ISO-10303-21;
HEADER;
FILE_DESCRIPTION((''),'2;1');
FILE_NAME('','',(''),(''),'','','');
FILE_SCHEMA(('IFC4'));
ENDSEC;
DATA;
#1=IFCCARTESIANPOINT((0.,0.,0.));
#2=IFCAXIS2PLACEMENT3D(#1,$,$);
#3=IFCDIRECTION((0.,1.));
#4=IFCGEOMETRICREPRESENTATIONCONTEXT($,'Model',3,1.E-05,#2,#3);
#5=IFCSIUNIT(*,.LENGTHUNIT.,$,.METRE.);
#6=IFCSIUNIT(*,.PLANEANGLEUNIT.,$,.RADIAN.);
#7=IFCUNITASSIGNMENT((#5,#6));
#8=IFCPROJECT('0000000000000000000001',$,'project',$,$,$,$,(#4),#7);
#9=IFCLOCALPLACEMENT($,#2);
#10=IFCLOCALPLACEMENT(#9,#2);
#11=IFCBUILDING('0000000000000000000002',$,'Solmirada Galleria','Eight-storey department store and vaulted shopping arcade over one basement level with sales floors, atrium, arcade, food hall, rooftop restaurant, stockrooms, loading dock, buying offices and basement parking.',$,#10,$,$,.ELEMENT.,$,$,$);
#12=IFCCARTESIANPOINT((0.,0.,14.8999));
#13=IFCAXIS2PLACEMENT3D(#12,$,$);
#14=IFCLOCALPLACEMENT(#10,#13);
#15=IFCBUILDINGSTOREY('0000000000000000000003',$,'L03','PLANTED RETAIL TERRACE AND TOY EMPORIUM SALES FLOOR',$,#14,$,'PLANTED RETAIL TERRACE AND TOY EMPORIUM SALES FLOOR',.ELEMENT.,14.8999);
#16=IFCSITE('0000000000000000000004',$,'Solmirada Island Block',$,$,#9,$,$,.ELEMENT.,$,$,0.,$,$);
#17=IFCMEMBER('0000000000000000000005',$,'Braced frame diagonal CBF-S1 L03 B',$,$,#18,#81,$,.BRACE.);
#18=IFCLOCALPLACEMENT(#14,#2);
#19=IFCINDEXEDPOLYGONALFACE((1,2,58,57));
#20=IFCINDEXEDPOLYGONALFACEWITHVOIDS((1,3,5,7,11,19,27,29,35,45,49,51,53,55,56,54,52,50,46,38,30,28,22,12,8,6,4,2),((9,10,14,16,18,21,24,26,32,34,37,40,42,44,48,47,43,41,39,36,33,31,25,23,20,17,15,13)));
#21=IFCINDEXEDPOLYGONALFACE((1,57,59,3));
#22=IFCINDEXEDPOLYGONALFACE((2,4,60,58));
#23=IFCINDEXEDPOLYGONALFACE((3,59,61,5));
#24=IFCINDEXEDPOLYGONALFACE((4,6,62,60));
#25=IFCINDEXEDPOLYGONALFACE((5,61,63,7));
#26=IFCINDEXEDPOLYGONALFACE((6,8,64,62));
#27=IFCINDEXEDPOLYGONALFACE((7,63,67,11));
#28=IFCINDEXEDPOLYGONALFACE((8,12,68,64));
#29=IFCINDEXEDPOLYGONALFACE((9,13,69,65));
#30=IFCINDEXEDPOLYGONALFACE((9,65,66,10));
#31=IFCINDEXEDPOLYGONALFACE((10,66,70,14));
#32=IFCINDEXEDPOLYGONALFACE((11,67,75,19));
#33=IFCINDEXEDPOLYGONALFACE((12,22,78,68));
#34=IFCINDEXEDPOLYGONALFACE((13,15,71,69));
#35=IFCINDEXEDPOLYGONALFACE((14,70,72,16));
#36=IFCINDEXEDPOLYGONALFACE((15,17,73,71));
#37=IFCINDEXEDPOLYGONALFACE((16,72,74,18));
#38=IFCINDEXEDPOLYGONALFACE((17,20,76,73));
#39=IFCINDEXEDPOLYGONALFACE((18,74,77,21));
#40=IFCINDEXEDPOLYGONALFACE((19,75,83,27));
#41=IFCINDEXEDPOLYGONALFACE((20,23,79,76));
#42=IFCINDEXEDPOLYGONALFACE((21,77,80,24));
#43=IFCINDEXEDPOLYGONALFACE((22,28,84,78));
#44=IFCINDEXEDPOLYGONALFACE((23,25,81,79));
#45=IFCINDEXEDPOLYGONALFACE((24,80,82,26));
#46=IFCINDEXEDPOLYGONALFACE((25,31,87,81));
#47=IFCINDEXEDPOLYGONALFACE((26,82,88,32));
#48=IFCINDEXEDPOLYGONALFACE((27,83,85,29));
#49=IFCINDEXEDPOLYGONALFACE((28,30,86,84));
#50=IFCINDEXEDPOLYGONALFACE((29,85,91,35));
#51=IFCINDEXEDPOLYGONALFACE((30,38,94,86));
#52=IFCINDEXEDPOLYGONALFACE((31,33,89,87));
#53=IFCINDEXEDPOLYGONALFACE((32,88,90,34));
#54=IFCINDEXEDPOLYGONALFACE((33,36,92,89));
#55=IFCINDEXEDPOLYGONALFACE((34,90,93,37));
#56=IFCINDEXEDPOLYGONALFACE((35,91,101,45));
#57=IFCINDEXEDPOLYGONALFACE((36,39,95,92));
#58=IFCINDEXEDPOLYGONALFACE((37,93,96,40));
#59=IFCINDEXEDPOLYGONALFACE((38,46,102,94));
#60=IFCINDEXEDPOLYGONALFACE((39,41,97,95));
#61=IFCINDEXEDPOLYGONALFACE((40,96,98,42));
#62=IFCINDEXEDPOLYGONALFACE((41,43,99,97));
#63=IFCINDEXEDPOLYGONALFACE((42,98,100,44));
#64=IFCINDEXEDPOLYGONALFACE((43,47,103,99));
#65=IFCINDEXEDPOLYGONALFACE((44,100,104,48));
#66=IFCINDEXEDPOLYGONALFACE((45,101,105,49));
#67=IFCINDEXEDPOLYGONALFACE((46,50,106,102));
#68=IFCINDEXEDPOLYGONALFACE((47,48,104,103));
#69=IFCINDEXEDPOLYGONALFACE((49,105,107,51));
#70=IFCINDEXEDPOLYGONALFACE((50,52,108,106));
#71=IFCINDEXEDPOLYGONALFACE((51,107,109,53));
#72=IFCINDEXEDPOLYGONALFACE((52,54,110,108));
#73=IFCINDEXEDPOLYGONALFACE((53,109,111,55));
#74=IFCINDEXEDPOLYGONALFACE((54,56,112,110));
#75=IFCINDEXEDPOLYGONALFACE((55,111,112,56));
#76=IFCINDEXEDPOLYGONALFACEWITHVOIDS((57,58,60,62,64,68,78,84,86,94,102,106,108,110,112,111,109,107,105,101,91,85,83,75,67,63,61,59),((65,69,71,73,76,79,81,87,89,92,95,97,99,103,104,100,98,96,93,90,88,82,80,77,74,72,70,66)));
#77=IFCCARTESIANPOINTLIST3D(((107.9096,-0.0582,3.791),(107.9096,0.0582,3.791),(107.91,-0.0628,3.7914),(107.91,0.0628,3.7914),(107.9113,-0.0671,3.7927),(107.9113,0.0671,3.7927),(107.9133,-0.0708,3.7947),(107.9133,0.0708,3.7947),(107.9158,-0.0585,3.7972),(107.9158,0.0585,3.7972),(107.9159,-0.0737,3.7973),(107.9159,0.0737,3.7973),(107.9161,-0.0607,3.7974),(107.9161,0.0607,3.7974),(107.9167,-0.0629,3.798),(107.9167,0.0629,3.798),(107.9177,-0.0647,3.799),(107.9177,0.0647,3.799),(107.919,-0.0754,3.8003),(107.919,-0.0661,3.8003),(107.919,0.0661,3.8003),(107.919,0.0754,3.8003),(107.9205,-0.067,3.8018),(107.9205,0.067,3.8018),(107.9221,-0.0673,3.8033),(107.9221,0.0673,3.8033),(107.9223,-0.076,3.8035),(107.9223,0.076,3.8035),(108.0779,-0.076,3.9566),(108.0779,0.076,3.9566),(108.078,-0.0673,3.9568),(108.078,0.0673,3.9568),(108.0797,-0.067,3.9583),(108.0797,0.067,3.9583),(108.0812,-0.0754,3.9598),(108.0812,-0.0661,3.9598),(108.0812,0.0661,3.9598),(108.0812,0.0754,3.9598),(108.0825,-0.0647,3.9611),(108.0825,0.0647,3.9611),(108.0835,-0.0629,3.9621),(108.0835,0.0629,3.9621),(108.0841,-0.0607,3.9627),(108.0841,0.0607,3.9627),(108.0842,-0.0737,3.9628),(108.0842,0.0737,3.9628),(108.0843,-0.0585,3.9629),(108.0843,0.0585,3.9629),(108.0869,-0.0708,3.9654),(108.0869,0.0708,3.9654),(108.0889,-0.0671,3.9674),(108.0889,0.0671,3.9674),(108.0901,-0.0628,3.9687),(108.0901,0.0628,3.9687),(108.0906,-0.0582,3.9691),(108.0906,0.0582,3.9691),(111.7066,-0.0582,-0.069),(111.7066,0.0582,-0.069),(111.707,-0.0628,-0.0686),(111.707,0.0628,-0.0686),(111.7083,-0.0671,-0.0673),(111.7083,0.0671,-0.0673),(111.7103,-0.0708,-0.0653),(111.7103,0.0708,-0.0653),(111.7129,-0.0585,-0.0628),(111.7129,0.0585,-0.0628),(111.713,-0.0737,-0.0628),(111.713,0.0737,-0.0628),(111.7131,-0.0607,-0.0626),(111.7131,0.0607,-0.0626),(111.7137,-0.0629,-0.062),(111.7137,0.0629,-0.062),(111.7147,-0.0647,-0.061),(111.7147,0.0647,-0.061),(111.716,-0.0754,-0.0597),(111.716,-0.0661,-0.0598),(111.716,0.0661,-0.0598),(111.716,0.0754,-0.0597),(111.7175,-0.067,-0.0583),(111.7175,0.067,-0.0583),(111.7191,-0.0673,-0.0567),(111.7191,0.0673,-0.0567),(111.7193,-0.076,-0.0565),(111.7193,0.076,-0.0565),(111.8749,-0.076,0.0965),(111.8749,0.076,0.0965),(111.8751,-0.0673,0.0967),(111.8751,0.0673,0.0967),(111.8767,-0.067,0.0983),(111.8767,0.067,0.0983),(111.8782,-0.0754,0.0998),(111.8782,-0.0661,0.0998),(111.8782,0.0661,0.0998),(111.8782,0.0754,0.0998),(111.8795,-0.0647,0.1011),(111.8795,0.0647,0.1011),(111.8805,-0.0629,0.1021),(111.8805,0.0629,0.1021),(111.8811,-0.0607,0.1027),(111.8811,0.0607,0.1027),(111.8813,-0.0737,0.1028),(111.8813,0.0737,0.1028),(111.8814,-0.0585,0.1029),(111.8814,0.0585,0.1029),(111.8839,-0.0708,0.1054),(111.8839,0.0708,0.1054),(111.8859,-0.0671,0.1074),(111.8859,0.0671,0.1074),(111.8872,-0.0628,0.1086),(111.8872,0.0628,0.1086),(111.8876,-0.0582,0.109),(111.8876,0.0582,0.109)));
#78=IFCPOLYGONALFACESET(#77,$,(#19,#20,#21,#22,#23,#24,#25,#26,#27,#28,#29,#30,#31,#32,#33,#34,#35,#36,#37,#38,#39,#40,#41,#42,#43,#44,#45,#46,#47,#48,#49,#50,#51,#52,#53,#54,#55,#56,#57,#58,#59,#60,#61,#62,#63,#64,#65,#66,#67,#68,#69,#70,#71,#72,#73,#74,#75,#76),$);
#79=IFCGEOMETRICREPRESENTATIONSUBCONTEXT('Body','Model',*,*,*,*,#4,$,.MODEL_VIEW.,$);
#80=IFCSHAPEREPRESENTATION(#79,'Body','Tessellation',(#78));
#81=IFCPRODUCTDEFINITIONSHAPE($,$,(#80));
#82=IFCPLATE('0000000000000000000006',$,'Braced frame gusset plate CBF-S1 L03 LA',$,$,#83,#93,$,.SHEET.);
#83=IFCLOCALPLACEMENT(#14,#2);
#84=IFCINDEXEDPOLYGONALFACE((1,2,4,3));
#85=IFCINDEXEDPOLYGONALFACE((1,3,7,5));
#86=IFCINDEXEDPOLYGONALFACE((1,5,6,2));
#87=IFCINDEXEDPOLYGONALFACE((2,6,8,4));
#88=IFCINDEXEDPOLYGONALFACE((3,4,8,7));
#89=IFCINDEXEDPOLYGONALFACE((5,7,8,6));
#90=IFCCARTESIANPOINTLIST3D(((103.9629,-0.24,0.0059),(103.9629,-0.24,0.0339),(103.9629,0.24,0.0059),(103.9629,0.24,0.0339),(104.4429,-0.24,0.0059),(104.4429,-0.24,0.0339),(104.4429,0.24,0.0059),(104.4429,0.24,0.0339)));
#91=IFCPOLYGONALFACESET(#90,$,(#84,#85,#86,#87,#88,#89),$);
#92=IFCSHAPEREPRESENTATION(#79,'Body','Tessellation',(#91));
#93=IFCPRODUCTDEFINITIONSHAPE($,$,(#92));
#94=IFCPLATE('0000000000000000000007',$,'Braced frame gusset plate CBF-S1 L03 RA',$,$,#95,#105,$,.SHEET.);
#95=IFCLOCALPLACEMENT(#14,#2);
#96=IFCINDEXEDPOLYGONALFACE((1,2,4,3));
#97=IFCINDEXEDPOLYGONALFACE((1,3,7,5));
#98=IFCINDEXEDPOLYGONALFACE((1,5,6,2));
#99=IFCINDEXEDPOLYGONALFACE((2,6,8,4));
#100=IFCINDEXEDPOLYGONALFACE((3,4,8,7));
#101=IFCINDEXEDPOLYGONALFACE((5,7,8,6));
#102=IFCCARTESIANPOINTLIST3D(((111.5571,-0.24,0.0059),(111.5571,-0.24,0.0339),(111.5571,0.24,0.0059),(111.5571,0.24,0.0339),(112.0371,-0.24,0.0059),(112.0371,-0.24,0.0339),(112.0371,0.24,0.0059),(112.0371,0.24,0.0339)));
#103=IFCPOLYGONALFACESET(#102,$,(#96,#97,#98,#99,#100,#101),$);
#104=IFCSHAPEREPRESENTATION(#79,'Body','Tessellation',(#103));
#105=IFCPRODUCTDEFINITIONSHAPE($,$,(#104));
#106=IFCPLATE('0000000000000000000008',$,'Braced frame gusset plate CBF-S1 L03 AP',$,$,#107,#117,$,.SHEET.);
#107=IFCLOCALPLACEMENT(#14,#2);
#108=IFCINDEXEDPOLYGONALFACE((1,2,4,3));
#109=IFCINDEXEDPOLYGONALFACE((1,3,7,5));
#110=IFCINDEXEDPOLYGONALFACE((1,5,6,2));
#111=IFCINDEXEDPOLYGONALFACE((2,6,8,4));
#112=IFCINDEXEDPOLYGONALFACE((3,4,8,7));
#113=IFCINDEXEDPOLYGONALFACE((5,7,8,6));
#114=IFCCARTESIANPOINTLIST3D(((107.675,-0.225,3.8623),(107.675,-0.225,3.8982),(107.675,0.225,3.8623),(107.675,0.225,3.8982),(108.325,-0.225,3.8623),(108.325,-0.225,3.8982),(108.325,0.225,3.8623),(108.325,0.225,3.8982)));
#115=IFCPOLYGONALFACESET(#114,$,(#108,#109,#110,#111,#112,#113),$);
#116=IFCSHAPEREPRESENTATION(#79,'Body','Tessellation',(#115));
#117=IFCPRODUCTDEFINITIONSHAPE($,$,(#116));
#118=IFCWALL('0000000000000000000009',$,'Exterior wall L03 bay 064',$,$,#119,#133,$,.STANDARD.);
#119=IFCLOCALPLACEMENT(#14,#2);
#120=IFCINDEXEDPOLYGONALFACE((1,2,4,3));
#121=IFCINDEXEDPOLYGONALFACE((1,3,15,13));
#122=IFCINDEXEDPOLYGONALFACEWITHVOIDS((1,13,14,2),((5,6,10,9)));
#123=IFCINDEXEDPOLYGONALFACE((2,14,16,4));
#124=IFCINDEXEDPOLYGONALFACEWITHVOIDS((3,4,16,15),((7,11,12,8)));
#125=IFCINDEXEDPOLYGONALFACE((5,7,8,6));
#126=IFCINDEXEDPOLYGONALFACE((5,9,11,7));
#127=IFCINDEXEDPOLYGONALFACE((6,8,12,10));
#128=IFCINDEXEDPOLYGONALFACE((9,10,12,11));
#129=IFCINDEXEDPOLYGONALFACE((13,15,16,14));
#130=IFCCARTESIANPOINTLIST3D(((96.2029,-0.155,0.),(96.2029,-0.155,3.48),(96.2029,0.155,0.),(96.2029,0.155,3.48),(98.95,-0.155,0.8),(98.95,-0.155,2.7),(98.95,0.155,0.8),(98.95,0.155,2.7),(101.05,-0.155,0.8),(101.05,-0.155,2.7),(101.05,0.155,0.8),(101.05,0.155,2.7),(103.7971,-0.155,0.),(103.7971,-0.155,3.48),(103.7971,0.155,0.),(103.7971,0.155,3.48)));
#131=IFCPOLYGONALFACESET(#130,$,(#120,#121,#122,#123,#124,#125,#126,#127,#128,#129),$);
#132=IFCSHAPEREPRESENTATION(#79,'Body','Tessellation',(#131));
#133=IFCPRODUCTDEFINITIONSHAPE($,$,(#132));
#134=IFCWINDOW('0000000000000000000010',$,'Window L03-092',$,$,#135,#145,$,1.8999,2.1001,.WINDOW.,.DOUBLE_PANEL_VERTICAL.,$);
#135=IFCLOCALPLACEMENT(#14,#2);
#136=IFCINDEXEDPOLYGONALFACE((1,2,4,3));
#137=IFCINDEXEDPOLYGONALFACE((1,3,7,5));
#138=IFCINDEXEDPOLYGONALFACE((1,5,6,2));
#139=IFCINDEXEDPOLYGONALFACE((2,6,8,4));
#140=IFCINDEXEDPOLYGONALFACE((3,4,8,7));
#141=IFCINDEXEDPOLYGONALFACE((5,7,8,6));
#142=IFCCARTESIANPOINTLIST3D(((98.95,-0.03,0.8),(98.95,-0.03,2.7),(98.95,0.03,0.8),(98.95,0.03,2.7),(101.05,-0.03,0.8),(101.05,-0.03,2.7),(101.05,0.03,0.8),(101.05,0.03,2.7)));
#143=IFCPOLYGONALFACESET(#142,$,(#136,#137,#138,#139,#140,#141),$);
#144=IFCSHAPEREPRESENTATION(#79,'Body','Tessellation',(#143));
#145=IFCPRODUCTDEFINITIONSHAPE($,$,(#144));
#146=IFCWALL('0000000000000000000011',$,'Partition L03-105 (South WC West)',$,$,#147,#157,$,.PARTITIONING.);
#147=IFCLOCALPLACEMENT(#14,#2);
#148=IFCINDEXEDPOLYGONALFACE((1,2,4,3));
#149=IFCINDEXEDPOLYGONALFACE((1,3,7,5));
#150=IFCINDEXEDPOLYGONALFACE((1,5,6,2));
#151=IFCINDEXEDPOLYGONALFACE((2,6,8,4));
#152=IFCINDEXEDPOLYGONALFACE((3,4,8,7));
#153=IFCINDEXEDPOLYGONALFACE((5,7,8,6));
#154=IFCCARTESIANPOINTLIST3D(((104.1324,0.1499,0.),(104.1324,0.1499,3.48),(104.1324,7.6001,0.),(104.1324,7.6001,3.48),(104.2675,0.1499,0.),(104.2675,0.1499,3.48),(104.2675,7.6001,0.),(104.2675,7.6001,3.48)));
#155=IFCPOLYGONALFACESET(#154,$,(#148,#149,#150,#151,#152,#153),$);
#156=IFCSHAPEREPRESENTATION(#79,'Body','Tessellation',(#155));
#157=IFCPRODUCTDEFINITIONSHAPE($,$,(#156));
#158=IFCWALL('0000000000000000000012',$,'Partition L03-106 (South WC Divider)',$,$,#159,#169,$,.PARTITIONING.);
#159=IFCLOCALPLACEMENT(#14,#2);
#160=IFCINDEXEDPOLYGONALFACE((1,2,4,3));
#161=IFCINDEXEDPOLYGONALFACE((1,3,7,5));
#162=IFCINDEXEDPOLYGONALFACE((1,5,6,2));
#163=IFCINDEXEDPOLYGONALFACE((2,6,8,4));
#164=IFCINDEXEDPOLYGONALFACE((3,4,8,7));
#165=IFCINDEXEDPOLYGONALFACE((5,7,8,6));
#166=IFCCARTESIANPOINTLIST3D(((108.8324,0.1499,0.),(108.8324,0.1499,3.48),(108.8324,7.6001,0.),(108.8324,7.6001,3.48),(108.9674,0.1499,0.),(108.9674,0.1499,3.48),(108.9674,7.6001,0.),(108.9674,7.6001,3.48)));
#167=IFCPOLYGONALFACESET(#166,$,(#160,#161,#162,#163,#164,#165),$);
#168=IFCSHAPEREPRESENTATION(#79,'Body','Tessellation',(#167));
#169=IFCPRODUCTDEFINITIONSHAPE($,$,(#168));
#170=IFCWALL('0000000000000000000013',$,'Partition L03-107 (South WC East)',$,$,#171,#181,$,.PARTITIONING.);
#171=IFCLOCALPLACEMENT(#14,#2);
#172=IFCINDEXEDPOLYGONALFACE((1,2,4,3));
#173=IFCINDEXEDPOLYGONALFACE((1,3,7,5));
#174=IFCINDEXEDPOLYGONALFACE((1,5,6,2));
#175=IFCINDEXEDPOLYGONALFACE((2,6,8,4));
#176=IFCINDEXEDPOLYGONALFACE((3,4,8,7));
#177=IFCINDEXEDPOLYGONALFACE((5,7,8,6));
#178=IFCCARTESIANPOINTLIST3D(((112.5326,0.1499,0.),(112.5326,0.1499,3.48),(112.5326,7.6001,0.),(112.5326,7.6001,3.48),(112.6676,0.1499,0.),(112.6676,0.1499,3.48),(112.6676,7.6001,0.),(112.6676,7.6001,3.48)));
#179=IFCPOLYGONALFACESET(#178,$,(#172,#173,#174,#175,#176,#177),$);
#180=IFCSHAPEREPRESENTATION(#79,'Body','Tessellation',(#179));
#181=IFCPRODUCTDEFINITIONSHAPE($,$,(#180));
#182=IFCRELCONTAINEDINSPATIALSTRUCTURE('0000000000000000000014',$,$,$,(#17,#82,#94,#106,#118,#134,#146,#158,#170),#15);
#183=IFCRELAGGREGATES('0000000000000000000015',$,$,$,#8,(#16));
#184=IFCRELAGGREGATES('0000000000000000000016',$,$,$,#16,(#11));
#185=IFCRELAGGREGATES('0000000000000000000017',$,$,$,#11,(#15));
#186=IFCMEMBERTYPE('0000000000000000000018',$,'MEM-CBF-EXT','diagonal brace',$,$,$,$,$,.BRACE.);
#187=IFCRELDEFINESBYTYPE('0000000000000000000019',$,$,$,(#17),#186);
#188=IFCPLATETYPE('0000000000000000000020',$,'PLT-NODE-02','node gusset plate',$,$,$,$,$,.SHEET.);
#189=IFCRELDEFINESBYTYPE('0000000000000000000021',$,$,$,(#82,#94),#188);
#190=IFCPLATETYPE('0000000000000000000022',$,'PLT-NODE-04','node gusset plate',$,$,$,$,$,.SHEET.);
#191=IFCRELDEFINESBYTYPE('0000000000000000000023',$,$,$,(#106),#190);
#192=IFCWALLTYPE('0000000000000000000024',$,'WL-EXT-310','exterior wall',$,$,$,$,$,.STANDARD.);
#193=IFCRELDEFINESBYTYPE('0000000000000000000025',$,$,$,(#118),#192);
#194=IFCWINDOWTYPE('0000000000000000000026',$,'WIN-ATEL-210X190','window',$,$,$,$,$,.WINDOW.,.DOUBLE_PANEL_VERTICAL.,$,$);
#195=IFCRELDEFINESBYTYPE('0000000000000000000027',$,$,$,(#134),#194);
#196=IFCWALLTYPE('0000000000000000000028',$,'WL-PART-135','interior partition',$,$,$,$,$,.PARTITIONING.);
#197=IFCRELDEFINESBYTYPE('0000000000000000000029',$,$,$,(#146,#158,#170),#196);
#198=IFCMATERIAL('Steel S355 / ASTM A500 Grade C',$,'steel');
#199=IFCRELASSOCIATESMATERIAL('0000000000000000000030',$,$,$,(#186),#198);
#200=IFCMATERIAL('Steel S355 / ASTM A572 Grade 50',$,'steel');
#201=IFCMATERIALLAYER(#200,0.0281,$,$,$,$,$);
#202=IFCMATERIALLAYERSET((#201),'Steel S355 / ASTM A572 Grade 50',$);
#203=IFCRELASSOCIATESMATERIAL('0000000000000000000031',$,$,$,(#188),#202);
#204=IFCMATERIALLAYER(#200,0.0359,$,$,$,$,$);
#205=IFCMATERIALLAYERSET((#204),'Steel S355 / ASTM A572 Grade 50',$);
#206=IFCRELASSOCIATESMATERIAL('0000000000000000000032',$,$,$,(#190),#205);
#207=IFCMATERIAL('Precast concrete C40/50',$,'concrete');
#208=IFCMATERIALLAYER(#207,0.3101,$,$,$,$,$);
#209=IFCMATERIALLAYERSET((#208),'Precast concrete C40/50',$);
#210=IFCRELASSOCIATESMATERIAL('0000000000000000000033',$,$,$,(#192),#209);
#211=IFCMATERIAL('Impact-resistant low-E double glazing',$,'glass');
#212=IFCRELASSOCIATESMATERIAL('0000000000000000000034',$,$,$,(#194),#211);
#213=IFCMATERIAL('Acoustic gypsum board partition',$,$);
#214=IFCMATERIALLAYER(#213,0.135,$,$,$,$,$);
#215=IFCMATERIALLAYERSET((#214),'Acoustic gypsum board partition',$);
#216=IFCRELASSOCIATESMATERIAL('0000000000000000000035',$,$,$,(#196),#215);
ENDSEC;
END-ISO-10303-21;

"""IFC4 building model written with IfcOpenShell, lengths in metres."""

from ifc_helpers import new_model, si_unit, direction, frame, frame_2d, origin, origin_2d, place, context, subcontext, project, spatial, rectangle, hollow_rectangle, extrude, material, layer, layer_set, material_profile, profile_set, type_object, element, fill, save


model = new_model("IFC4")

# Units and contexts
model_context = context("Model", 3, precision=1e-05, world=origin(), true_north=direction((0.0, 1.0)))
body_context = subcontext(model_context, "Body", "Model", "MODEL_VIEW")
ifc_project = project(units=[si_unit("LENGTHUNIT", "METRE"), si_unit("PLANEANGLEUNIT", "RADIAN")], contexts=[model_context])

# Site, building, storey
site_placement = place(None, origin())
site = spatial("IfcSite", under=ifc_project, at=site_placement, Name="Solmirada Island Block", CompositionType="ELEMENT", RefElevation=0.0)
building_placement = place(site_placement, origin())
building = spatial("IfcBuilding", under=site, at=building_placement, Name="Solmirada Galleria", Description="Eight-storey department store and vaulted shopping arcade over one basement level with sales floors, atrium, arcade, food hall, rooftop restaurant, stockrooms, loading dock, buying offices and basement parking.", CompositionType="ELEMENT")
storey_placement = place(building_placement, frame((0.0, 0.0, 14.8999)))
storey = spatial("IfcBuildingStorey", under=building, at=storey_placement, Name="L03", Description="PLANTED RETAIL TERRACE AND TOY EMPORIUM SALES FLOOR", LongName="PLANTED RETAIL TERRACE AND TOY EMPORIUM SALES FLOOR", CompositionType="ELEMENT", Elevation=14.8999)

# Shared definitions
ifc_material_1 = material(Name="Steel S355 / ASTM A500 Grade C", Category="steel")

# Member
ifc_material_profile_1 = material_profile(ifc_material_1, hollow_rectangle(XDim=0.1521, YDim=0.2539, WallThickness=0.0088, InnerFilletRadius=0.0088, OuterFilletRadius=0.0178, at=origin_2d()), Name="HSS10X6X3/8")
ifc_profile_set_1 = profile_set([ifc_material_profile_1], Name="Steel S355 / ASTM A500 Grade C")
member_type = type_object("IfcMemberType", Name="MEM-CBF-EXT", Description="diagonal brace", PredefinedType="BRACE", material=ifc_profile_set_1)
for number, where, z_axis, x_axis, name in (
    (1, (111.7971, 0.0, 0.02), (-0.701266, 0.0, 0.712899), (0.0, -1.0, 0.0), "Braced frame diagonal CBF-S1 L03 B"),
):
    element("IfcMember", number, at=place(storey_placement, frame(where, z_axis=z_axis, x_axis=x_axis)), inside=storey, type_object=member_type, Name=name, PredefinedType="BRACE", context=body_context, shape_type="SweptSolid", body=[
        extrude(hollow_rectangle(XDim=0.1521, YDim=0.2539, WallThickness=0.0088, InnerFilletRadius=0.0088, OuterFilletRadius=0.0178, at=origin_2d()), origin(), (0.0, 0.0, 1.0), 5.4146),
    ])

# Plates
ifc_material_2 = material(Name="Steel S355 / ASTM A572 Grade 50", Category="steel")
ifc_layer_1 = layer(ifc_material_2, 0.0281)
ifc_layer_set_1 = layer_set([ifc_layer_1], Name="Steel S355 / ASTM A572 Grade 50")
plate_type_1 = type_object("IfcPlateType", Name="PLT-NODE-02", Description="node gusset plate", PredefinedType="SHEET", material=ifc_layer_set_1)
for number, where, z_axis, x_axis, name in (
    (2, (104.2029, 0.0, 0.0059), (0.0, 0.0, 1.0), (1.0, 0.0, 0.0), "Braced frame gusset plate CBF-S1 L03 LA"),
    (3, (111.7971, 0.0, 0.0059), (0.0, 0.0, 1.0), (1.0, 0.0, 0.0), "Braced frame gusset plate CBF-S1 L03 RA"),
):
    element("IfcPlate", number, at=place(storey_placement, frame(where, z_axis=z_axis, x_axis=x_axis)), inside=storey, type_object=plate_type_1, Name=name, PredefinedType="SHEET", context=body_context, shape_type="SweptSolid", body=[
        extrude(rectangle(XDim=0.48, YDim=0.48, at=origin_2d()), origin(), (0.0, 0.0, 1.0), 0.0281),
    ])
ifc_layer_2 = layer(ifc_material_2, 0.0359)
ifc_layer_set_2 = layer_set([ifc_layer_2], Name="Steel S355 / ASTM A572 Grade 50")
plate_type_2 = type_object("IfcPlateType", Name="PLT-NODE-04", Description="node gusset plate", PredefinedType="SHEET", material=ifc_layer_set_2)
plate_placement = place(storey_placement, frame((108.0, 0.0, 3.8623), z_axis=(0.0, 0.0, 1.0), x_axis=(1.0, 0.0, 0.0)))
element("IfcPlate", 4, at=plate_placement, inside=storey, type_object=plate_type_2, Name="Braced frame gusset plate CBF-S1 L03 AP", PredefinedType="SHEET", context=body_context, shape_type="SweptSolid", body=[
    extrude(rectangle(XDim=0.6499, YDim=0.45, at=origin_2d()), origin(), (0.0, 0.0, 1.0), 0.0359),
])

# Wall, opening, window
ifc_material_3 = material(Name="Precast concrete C40/50", Category="concrete")
ifc_layer_3 = layer(ifc_material_3, 0.3101)
ifc_layer_set_3 = layer_set([ifc_layer_3], Name="Precast concrete C40/50")
wall_type_1 = type_object("IfcWallType", Name="WL-EXT-310", Description="exterior wall", PredefinedType="STANDARD", material=ifc_layer_set_3)
wall_1_placement = place(storey_placement, frame((103.7971, 0.0, 0.0), z_axis=(0.0, 0.0, 1.0), x_axis=(-1.0, 0.0, 0.0)))
wall_1 = element("IfcWall", 5, at=wall_1_placement, inside=storey, type_object=wall_type_1, Name="Exterior wall L03 bay 064", PredefinedType="STANDARD", context=body_context, shape_type="SweptSolid", body=[
    extrude(rectangle(XDim=7.5942, YDim=0.3101, at=frame_2d((3.7971, 0.0))), origin(), (0.0, 0.0, 1.0), 3.48),
])
opening_1_placement = place(wall_1_placement, frame((2.7471, 0.0, 0.8)))
opening_1 = element("IfcOpeningElement", 6, at=opening_1_placement, cuts=wall_1, PredefinedType="OPENING", context=body_context, shape_type="SweptSolid", body=[
    extrude(rectangle(XDim=2.1001, YDim=1.8999, at=frame_2d((1.05, 0.95))), frame((0.0, 0.165, 0.0), z_axis=(0.0, -1.0, 0.0), x_axis=(1.0, 0.0, 0.0)), (0.0, 0.0, 1.0), 0.3301),
])
ifc_material_4 = material(Name="Impact-resistant low-E double glazing", Category="glass")
window_type = type_object("IfcWindowType", Name="WIN-ATEL-210X190", Description="window", PartitioningType="DOUBLE_PANEL_VERTICAL", PredefinedType="WINDOW", material=ifc_material_4)
window_placement = place(opening_1_placement, origin())
window = element("IfcWindow", 7, at=window_placement, inside=storey, type_object=window_type, Name="Window L03-092", OverallHeight=1.8999, OverallWidth=2.1001, PartitioningType="DOUBLE_PANEL_VERTICAL", PredefinedType="WINDOW", context=body_context, shape_type="SweptSolid", body=[
    extrude(rectangle(XDim=2.1001, YDim=1.8999, at=frame_2d((1.05, 0.95))), frame((0.0, 0.03, 0.0), z_axis=(0.0, -1.0, 0.0), x_axis=(1.0, 0.0, 0.0)), (0.0, 0.0, 1.0), 0.0601),
])
fill(opening_1, window)

# Walls
ifc_material_5 = material(Name="Acoustic gypsum board partition")
ifc_layer_4 = layer(ifc_material_5, 0.135)
ifc_layer_set_4 = layer_set([ifc_layer_4], Name="Acoustic gypsum board partition")
wall_type_2 = type_object("IfcWallType", Name="WL-PART-135", Description="interior partition", PredefinedType="PARTITIONING", material=ifc_layer_set_4)
for number, where, z_axis, x_axis, name in (
    (8, (104.2, 0.1499, 0.0), (0.0, 0.0, 1.0), (0.0, 1.0, 0.0), "Partition L03-105 (South WC West)"),
    (9, (108.8999, 0.1499, 0.0), (0.0, 0.0, 1.0), (0.0, 1.0, 0.0), "Partition L03-106 (South WC Divider)"),
    (10, (112.6001, 0.1499, 0.0), (0.0, 0.0, 1.0), (0.0, 1.0, 0.0), "Partition L03-107 (South WC East)"),
):
    element("IfcWall", number, at=place(storey_placement, frame(where, z_axis=z_axis, x_axis=x_axis)), inside=storey, type_object=wall_type_2, Name=name, PredefinedType="PARTITIONING", context=body_context, shape_type="SweptSolid", body=[
        extrude(rectangle(XDim=7.4502, YDim=0.135, at=frame_2d((3.7251, 0.0))), origin(), (0.0, 0.0, 1.0), 3.48),
    ])

save(model, "model.ifc")
